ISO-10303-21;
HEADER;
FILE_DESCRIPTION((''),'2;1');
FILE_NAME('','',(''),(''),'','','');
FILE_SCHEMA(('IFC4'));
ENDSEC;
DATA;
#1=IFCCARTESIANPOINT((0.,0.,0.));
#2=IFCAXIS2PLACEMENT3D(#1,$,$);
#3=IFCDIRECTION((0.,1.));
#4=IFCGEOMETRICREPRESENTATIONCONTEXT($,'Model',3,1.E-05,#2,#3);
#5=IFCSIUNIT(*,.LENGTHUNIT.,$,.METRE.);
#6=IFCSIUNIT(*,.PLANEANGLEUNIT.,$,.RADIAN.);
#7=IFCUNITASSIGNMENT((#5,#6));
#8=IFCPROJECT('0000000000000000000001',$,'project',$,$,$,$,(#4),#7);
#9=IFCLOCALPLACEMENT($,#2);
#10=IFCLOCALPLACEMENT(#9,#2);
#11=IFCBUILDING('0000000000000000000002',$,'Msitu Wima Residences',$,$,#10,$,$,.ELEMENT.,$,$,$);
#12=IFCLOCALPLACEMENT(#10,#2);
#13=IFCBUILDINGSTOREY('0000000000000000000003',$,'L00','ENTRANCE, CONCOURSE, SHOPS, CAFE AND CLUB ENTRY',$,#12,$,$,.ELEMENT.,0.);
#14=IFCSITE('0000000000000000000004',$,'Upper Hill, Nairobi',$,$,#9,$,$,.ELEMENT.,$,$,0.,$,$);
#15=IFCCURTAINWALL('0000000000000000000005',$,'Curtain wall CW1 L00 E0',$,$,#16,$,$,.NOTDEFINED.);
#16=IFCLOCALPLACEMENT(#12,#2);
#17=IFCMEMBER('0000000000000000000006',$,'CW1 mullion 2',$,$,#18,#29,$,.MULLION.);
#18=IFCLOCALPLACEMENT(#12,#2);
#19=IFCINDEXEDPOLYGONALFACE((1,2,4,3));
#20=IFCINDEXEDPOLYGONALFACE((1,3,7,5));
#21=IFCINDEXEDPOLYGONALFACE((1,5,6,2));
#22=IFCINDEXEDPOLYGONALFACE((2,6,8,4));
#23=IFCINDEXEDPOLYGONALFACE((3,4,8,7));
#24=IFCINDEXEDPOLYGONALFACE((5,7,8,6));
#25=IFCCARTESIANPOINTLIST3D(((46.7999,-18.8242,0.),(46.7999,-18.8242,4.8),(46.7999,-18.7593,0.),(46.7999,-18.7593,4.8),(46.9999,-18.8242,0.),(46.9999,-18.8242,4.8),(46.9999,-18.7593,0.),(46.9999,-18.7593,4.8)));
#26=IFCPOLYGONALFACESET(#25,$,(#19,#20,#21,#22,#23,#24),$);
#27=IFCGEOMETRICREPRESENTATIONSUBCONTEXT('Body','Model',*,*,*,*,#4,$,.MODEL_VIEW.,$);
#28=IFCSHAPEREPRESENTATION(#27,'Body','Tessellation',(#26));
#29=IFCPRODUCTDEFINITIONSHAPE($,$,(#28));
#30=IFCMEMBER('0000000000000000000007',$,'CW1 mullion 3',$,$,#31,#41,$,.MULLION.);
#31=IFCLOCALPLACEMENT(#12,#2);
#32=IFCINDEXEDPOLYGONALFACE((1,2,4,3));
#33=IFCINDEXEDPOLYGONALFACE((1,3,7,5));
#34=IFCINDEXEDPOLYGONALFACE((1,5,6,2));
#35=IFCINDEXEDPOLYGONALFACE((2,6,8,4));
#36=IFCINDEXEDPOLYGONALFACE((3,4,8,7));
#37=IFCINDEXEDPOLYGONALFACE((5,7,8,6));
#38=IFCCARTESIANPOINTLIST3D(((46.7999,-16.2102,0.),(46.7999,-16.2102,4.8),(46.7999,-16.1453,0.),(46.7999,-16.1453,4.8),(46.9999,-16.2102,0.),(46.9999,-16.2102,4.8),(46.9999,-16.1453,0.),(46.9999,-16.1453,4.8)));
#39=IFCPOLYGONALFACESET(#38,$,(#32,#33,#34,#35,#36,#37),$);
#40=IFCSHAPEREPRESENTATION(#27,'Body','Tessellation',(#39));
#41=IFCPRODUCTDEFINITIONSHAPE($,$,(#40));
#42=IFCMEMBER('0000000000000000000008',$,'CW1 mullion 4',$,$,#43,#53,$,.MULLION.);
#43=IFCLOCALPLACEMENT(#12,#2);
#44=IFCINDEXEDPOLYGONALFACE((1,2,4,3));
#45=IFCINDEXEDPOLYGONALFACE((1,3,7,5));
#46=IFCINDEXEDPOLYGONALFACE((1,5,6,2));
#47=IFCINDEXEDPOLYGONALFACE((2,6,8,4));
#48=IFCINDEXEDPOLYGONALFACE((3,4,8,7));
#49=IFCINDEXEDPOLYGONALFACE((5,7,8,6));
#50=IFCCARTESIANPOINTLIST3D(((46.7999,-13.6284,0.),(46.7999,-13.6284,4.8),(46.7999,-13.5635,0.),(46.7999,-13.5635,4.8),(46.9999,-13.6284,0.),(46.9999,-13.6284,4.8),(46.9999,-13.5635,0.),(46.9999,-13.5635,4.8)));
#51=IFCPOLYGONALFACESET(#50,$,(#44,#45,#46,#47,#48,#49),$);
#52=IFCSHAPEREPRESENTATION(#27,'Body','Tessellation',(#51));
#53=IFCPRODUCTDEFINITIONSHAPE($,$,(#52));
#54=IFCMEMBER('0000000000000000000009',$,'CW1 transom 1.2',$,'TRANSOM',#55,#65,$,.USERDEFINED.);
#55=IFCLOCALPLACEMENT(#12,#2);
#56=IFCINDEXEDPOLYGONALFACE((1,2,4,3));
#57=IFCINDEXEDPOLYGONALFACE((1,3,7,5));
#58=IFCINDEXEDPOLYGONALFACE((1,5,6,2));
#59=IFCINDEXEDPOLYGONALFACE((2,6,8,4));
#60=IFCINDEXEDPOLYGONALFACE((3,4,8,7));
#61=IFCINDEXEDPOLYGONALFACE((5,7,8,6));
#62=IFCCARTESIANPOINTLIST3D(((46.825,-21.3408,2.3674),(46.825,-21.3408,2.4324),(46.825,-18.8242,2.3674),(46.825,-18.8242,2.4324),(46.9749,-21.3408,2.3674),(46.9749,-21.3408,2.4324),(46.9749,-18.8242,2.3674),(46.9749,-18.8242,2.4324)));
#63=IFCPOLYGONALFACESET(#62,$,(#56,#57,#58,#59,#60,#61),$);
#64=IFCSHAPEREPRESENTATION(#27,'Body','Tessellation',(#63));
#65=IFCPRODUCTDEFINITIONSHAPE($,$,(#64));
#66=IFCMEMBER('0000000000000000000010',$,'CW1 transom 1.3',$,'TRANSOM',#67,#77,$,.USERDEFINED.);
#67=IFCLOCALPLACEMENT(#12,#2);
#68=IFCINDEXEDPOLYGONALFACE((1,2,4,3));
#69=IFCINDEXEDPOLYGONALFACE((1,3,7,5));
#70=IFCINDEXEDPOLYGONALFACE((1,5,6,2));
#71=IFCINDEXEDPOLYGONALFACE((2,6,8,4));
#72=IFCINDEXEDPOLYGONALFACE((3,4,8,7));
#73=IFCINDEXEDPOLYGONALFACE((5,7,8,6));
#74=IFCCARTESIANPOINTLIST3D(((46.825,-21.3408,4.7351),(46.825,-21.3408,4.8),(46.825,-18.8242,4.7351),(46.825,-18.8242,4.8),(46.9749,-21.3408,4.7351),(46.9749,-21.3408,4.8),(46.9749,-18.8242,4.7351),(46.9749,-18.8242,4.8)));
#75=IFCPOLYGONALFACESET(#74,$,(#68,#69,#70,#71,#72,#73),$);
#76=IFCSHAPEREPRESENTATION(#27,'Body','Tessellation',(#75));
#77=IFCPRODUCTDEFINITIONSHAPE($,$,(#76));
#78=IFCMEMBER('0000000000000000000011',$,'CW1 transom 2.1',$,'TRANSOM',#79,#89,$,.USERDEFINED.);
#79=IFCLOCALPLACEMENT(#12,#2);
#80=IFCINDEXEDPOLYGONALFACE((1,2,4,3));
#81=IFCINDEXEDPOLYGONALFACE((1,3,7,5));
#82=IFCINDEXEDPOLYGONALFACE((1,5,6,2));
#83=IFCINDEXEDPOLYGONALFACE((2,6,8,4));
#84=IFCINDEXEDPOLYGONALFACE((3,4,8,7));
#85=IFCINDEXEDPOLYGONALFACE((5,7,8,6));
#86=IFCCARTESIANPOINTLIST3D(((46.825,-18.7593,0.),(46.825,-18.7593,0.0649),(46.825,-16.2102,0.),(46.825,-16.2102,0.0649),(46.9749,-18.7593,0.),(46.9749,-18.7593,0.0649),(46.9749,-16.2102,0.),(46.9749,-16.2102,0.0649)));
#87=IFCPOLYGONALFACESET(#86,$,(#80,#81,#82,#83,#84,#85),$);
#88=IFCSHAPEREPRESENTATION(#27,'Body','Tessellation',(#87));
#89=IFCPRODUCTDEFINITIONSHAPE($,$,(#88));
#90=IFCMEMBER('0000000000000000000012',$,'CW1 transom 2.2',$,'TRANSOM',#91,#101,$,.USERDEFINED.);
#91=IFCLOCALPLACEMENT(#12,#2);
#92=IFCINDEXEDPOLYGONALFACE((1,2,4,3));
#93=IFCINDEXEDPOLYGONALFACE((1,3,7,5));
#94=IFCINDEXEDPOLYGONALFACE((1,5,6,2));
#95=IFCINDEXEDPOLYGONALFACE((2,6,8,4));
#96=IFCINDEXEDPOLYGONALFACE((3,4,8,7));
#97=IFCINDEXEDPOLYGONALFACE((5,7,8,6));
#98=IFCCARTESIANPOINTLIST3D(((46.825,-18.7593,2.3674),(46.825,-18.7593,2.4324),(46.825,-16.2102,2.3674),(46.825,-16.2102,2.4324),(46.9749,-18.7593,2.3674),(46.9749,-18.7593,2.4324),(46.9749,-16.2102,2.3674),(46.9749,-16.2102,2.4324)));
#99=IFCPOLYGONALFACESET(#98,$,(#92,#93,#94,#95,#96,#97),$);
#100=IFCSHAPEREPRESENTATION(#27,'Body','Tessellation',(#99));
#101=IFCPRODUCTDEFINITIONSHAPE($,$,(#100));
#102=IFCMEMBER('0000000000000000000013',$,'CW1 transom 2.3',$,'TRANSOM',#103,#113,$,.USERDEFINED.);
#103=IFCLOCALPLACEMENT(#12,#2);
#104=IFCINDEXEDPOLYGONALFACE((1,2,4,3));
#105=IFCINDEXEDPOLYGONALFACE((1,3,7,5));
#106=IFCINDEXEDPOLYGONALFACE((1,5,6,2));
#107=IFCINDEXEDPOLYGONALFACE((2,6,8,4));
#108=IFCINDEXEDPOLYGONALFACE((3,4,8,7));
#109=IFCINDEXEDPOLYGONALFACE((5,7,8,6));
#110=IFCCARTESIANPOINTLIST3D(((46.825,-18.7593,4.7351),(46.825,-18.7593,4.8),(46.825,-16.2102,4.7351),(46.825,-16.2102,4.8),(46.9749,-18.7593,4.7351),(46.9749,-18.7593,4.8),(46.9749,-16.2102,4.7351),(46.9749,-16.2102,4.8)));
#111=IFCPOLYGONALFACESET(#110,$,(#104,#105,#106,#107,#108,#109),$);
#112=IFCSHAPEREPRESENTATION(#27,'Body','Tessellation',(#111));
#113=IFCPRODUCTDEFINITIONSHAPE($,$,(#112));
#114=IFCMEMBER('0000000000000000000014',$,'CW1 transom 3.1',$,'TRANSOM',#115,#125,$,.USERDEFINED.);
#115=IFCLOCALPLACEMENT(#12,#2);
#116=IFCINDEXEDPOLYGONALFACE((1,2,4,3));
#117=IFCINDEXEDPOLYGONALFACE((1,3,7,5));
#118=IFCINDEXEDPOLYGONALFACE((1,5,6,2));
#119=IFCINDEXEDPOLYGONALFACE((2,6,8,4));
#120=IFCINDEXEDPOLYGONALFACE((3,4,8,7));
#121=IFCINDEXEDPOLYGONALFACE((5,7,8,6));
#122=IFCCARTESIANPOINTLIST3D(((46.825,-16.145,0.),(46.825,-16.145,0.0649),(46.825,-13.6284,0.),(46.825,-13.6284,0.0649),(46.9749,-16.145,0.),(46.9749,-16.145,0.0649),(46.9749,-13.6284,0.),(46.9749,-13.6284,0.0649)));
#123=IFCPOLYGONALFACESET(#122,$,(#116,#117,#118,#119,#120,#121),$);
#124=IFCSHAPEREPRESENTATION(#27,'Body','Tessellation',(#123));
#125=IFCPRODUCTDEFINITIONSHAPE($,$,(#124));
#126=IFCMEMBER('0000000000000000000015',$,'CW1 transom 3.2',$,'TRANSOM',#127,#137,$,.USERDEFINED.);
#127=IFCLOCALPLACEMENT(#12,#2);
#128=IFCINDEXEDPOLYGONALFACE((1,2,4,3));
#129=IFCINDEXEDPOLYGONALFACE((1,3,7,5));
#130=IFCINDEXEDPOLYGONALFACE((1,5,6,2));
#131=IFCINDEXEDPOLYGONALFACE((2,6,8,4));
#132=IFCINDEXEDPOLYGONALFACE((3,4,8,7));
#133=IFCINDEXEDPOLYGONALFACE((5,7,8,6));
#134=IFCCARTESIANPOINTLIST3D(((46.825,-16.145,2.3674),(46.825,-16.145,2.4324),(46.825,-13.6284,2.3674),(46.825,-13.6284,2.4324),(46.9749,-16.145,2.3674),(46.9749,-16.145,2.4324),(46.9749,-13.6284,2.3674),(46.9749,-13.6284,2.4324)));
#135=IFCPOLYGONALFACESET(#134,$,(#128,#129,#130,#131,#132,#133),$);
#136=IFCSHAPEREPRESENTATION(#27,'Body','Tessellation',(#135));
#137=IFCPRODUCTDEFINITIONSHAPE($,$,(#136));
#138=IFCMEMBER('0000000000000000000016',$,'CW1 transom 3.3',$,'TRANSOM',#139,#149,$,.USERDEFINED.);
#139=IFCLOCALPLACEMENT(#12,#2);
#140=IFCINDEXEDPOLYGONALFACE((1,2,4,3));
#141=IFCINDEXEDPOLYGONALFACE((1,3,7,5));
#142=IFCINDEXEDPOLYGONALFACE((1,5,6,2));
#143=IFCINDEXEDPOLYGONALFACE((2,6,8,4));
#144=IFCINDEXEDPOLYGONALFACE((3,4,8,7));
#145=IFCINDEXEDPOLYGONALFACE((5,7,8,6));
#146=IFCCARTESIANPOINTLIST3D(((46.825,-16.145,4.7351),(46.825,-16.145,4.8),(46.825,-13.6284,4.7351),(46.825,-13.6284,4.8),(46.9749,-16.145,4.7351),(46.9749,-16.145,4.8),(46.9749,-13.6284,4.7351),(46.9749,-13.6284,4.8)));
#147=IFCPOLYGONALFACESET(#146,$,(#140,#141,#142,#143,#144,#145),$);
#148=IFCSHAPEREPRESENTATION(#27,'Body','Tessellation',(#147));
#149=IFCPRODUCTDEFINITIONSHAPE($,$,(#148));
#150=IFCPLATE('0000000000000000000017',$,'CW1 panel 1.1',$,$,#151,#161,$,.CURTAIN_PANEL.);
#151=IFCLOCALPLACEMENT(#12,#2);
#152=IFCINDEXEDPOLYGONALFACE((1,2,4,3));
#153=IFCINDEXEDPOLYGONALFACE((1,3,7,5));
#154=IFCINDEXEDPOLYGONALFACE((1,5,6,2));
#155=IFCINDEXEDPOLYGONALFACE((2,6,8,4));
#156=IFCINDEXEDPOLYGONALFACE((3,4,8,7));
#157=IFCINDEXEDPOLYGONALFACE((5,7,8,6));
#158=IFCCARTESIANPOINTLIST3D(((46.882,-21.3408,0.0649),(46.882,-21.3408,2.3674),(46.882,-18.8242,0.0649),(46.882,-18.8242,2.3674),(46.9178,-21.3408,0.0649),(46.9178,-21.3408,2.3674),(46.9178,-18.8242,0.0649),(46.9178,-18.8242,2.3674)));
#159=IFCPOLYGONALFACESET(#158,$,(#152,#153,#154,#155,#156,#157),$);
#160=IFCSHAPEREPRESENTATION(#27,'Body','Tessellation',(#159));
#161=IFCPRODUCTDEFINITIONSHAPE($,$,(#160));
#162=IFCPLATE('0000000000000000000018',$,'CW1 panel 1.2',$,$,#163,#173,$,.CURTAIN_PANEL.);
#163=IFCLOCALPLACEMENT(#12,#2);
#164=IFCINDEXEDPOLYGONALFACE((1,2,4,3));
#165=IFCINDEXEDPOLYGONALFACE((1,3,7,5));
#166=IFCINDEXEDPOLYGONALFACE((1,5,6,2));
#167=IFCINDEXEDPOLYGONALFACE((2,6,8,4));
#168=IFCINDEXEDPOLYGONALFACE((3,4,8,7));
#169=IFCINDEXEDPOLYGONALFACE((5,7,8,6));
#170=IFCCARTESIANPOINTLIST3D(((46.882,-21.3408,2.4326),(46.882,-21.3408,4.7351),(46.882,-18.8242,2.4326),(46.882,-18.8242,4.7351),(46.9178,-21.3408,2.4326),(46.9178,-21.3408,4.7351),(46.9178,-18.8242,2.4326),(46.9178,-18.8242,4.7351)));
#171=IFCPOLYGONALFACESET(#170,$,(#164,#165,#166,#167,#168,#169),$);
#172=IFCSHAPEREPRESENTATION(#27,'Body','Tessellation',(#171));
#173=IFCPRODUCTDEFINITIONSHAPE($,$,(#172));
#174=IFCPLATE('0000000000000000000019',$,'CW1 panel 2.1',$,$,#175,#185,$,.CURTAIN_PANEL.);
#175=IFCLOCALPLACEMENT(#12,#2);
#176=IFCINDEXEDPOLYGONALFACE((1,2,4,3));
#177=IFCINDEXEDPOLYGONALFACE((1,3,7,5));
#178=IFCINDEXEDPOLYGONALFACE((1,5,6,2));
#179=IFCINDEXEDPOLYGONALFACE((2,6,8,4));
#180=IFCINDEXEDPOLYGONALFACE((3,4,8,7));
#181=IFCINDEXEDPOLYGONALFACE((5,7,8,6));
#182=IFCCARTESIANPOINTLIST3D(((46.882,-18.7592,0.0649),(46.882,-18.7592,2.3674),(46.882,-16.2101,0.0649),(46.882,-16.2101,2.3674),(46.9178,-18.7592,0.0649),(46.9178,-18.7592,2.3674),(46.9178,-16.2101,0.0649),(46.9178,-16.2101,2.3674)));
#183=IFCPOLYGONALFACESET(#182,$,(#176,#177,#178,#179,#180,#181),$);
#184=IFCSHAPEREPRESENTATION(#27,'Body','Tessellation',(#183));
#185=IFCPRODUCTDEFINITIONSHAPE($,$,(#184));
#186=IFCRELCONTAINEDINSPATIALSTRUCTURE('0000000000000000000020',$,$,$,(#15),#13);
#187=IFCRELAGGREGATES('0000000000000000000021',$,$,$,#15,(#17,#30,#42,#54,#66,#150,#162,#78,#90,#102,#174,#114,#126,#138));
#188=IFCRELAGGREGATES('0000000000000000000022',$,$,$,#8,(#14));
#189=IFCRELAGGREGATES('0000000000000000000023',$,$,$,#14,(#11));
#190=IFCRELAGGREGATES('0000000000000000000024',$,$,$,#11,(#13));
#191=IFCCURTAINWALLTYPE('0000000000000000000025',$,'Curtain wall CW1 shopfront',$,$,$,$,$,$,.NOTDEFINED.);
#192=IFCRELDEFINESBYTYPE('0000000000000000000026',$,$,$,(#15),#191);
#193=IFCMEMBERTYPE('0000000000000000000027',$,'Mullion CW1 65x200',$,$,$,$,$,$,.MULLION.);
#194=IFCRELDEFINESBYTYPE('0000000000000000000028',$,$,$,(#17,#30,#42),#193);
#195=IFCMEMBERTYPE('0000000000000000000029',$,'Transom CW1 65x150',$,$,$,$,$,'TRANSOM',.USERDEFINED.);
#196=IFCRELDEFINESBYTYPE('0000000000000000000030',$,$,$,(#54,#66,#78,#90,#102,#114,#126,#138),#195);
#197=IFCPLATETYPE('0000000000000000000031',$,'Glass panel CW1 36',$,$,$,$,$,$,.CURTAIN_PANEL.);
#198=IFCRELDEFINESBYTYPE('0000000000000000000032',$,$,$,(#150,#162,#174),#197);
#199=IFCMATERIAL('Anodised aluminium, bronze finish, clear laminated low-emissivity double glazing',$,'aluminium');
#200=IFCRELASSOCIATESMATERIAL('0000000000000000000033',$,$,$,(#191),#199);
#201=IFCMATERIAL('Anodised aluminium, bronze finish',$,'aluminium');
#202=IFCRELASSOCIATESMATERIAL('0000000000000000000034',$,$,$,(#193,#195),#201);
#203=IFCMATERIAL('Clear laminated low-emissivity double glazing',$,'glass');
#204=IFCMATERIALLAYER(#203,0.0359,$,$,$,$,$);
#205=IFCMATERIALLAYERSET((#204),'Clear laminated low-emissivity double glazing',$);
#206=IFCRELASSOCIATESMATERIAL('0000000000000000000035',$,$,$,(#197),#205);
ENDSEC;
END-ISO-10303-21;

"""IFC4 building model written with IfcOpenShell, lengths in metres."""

from ifc_helpers import new_model, si_unit, direction, frame, origin, origin_2d, place, context, subcontext, project, spatial, rectangle, extrude, material, layer, layer_set, material_profile, profile_set, type_object, element, aggregate, save


model = new_model("IFC4")

# Units and contexts
model_context = context("Model", 3, precision=1e-05, world=origin(), true_north=direction((0.0, 1.0)))
body_context = subcontext(model_context, "Body", "Model", "MODEL_VIEW")
ifc_project = project(units=[si_unit("LENGTHUNIT", "METRE"), si_unit("PLANEANGLEUNIT", "RADIAN")], contexts=[model_context])

# Site, building, storey
site_placement = place(None, origin())
site = spatial("IfcSite", under=ifc_project, at=site_placement, Name="Upper Hill, Nairobi", CompositionType="ELEMENT", RefElevation=0.0)
building_placement = place(site_placement, origin())
building = spatial("IfcBuilding", under=site, at=building_placement, Name="Msitu Wima Residences", CompositionType="ELEMENT")
storey_placement = place(building_placement, origin())
storey = spatial("IfcBuildingStorey", under=building, at=storey_placement, Name="L00", Description="ENTRANCE, CONCOURSE, SHOPS, CAFE AND CLUB ENTRY", CompositionType="ELEMENT", Elevation=0.0)

# Curtain wall, members, plates
ifc_material_1 = material(Name="Anodised aluminium, bronze finish, clear laminated low-emissivity double glazing", Category="aluminium")
curtain_wall_type = type_object("IfcCurtainWallType", Name="Curtain wall CW1 shopfront", PredefinedType="NOTDEFINED", material=ifc_material_1)
curtain_wall_placement = place(storey_placement, origin())
curtain_wall = element("IfcCurtainWall", 1, at=curtain_wall_placement, inside=storey, type_object=curtain_wall_type, Name="Curtain wall CW1 L00 E0", PredefinedType="NOTDEFINED")
ifc_material_2 = material(Name="Anodised aluminium, bronze finish", Category="aluminium")
ifc_material_profile_1 = material_profile(ifc_material_2, rectangle(XDim=0.2, YDim=0.0649, at=origin_2d()), Name="Mullion 65x200")
ifc_profile_set_1 = profile_set([ifc_material_profile_1], Name="Anodised aluminium, bronze finish")
member_type_1 = type_object("IfcMemberType", Name="Mullion CW1 65x200", PredefinedType="MULLION", material=ifc_profile_set_1)
member_1_placement = place(storey_placement, frame((46.8999, -18.7917, 0.0), z_axis=(0.0, 0.0, 1.0), x_axis=(-1.0, 0.0, 0.0)))
member_1 = element("IfcMember", 2, at=member_1_placement, type_object=member_type_1, Name="CW1 mullion 2", PredefinedType="MULLION", context=body_context, shape_type="SweptSolid", body=[
    extrude(rectangle(XDim=0.2, YDim=0.0649, at=origin_2d()), origin(), (0.0, 0.0, 1.0), 4.8),
])
member_2_placement = place(storey_placement, frame((46.8999, -16.1777, 0.0), z_axis=(0.0, 0.0, 1.0), x_axis=(-1.0, 0.0, 0.0)))
member_2 = element("IfcMember", 3, at=member_2_placement, type_object=member_type_1, Name="CW1 mullion 3", PredefinedType="MULLION", context=body_context, shape_type="SweptSolid", body=[
    extrude(rectangle(XDim=0.2, YDim=0.0649, at=origin_2d()), origin(), (0.0, 0.0, 1.0), 4.8),
])
member_3_placement = place(storey_placement, frame((46.8999, -13.5959, 0.0), z_axis=(0.0, 0.0, 1.0), x_axis=(-1.0, 0.0, 0.0)))
member_3 = element("IfcMember", 4, at=member_3_placement, type_object=member_type_1, Name="CW1 mullion 4", PredefinedType="MULLION", context=body_context, shape_type="SweptSolid", body=[
    extrude(rectangle(XDim=0.2, YDim=0.0649, at=origin_2d()), origin(), (0.0, 0.0, 1.0), 4.8),
])
ifc_material_profile_2 = material_profile(ifc_material_2, rectangle(XDim=0.1499, YDim=0.0649, at=origin_2d()), Name="Transom 65x150")
ifc_profile_set_2 = profile_set([ifc_material_profile_2], Name="Anodised aluminium, bronze finish")
member_type_2 = type_object("IfcMemberType", Name="Transom CW1 65x150", ElementType="TRANSOM", PredefinedType="USERDEFINED", material=ifc_profile_set_2)
member_4_placement = place(storey_placement, frame((46.8999, -21.3408, 2.3999), z_axis=(0.0, 1.0, 0.0), x_axis=(-1.0, 0.0, 0.0)))
member_4 = element("IfcMember", 5, at=member_4_placement, type_object=member_type_2, Name="CW1 transom 1.2", ObjectType="TRANSOM", PredefinedType="USERDEFINED", context=body_context, shape_type="SweptSolid", body=[
    extrude(rectangle(XDim=0.1499, YDim=0.0649, at=origin_2d()), origin(), (0.0, 0.0, 1.0), 2.5166),
])
member_5_placement = place(storey_placement, frame((46.8999, -21.3408, 4.7676), z_axis=(0.0, 1.0, 0.0), x_axis=(-1.0, 0.0, 0.0)))
member_5 = element("IfcMember", 6, at=member_5_placement, type_object=member_type_2, Name="CW1 transom 1.3", ObjectType="TRANSOM", PredefinedType="USERDEFINED", context=body_context, shape_type="SweptSolid", body=[
    extrude(rectangle(XDim=0.1499, YDim=0.0649, at=origin_2d()), origin(), (0.0, 0.0, 1.0), 2.5166),
])
member_6_placement = place(storey_placement, frame((46.8999, -18.7593, 0.0325), z_axis=(0.0, 1.0, 0.0), x_axis=(-1.0, 0.0, 0.0)))
member_6 = element("IfcMember", 7, at=member_6_placement, type_object=member_type_2, Name="CW1 transom 2.1", ObjectType="TRANSOM", PredefinedType="USERDEFINED", context=body_context, shape_type="SweptSolid", body=[
    extrude(rectangle(XDim=0.1499, YDim=0.0649, at=origin_2d()), origin(), (0.0, 0.0, 1.0), 2.5491),
])
member_7_placement = place(storey_placement, frame((46.8999, -18.7593, 2.3999), z_axis=(0.0, 1.0, 0.0), x_axis=(-1.0, 0.0, 0.0)))
member_7 = element("IfcMember", 8, at=member_7_placement, type_object=member_type_2, Name="CW1 transom 2.2", ObjectType="TRANSOM", PredefinedType="USERDEFINED", context=body_context, shape_type="SweptSolid", body=[
    extrude(rectangle(XDim=0.1499, YDim=0.0649, at=origin_2d()), origin(), (0.0, 0.0, 1.0), 2.5491),
])
member_8_placement = place(storey_placement, frame((46.8999, -18.7593, 4.7676), z_axis=(0.0, 1.0, 0.0), x_axis=(-1.0, 0.0, 0.0)))
member_8 = element("IfcMember", 9, at=member_8_placement, type_object=member_type_2, Name="CW1 transom 2.3", ObjectType="TRANSOM", PredefinedType="USERDEFINED", context=body_context, shape_type="SweptSolid", body=[
    extrude(rectangle(XDim=0.1499, YDim=0.0649, at=origin_2d()), origin(), (0.0, 0.0, 1.0), 2.5491),
])
member_9_placement = place(storey_placement, frame((46.8999, -16.145, 0.0325), z_axis=(0.0, 1.0, 0.0), x_axis=(-1.0, 0.0, 0.0)))
member_9 = element("IfcMember", 10, at=member_9_placement, type_object=member_type_2, Name="CW1 transom 3.1", ObjectType="TRANSOM", PredefinedType="USERDEFINED", context=body_context, shape_type="SweptSolid", body=[
    extrude(rectangle(XDim=0.1499, YDim=0.0649, at=origin_2d()), origin(), (0.0, 0.0, 1.0), 2.5166),
])
member_10_placement = place(storey_placement, frame((46.8999, -16.145, 2.3999), z_axis=(0.0, 1.0, 0.0), x_axis=(-1.0, 0.0, 0.0)))
member_10 = element("IfcMember", 11, at=member_10_placement, type_object=member_type_2, Name="CW1 transom 3.2", ObjectType="TRANSOM", PredefinedType="USERDEFINED", context=body_context, shape_type="SweptSolid", body=[
    extrude(rectangle(XDim=0.1499, YDim=0.0649, at=origin_2d()), origin(), (0.0, 0.0, 1.0), 2.5166),
])
member_11_placement = place(storey_placement, frame((46.8999, -16.145, 4.7676), z_axis=(0.0, 1.0, 0.0), x_axis=(-1.0, 0.0, 0.0)))
member_11 = element("IfcMember", 12, at=member_11_placement, type_object=member_type_2, Name="CW1 transom 3.3", ObjectType="TRANSOM", PredefinedType="USERDEFINED", context=body_context, shape_type="SweptSolid", body=[
    extrude(rectangle(XDim=0.1499, YDim=0.0649, at=origin_2d()), origin(), (0.0, 0.0, 1.0), 2.5166),
])
ifc_material_3 = material(Name="Clear laminated low-emissivity double glazing", Category="glass")
ifc_layer_1 = layer(ifc_material_3, 0.0359)
ifc_layer_set_1 = layer_set([ifc_layer_1], Name="Clear laminated low-emissivity double glazing")
plate_type = type_object("IfcPlateType", Name="Glass panel CW1 36", PredefinedType="CURTAIN_PANEL", material=ifc_layer_set_1)
plate_1_placement = place(storey_placement, frame((46.8999, -20.0825, 0.0649), z_axis=(0.0, 0.0, 1.0), x_axis=(0.0, 1.0, 0.0)))
plate_1 = element("IfcPlate", 13, at=plate_1_placement, type_object=plate_type, Name="CW1 panel 1.1", PredefinedType="CURTAIN_PANEL", context=body_context, shape_type="SweptSolid", body=[
    extrude(rectangle(XDim=2.5166, YDim=0.0359, at=origin_2d()), origin(), (0.0, 0.0, 1.0), 2.3025),
])
plate_2_placement = place(storey_placement, frame((46.8999, -20.0825, 2.4326), z_axis=(0.0, 0.0, 1.0), x_axis=(0.0, 1.0, 0.0)))
plate_2 = element("IfcPlate", 14, at=plate_2_placement, type_object=plate_type, Name="CW1 panel 1.2", PredefinedType="CURTAIN_PANEL", context=body_context, shape_type="SweptSolid", body=[
    extrude(rectangle(XDim=2.5166, YDim=0.0359, at=origin_2d()), origin(), (0.0, 0.0, 1.0), 2.3025),
])
plate_3_placement = place(storey_placement, frame((46.8999, -17.4846, 0.0649), z_axis=(0.0, 0.0, 1.0), x_axis=(0.0, 1.0, 0.0)))
plate_3 = element("IfcPlate", 15, at=plate_3_placement, type_object=plate_type, Name="CW1 panel 2.1", PredefinedType="CURTAIN_PANEL", context=body_context, shape_type="SweptSolid", body=[
    extrude(rectangle(XDim=2.5491, YDim=0.0359, at=origin_2d()), origin(), (0.0, 0.0, 1.0), 2.3025),
])
aggregate(curtain_wall, [member_1, member_2, member_3, member_4, member_5, plate_1, plate_2, member_6, member_7, member_8, plate_3, member_9, member_10, member_11])

save(model, "model.ifc")
